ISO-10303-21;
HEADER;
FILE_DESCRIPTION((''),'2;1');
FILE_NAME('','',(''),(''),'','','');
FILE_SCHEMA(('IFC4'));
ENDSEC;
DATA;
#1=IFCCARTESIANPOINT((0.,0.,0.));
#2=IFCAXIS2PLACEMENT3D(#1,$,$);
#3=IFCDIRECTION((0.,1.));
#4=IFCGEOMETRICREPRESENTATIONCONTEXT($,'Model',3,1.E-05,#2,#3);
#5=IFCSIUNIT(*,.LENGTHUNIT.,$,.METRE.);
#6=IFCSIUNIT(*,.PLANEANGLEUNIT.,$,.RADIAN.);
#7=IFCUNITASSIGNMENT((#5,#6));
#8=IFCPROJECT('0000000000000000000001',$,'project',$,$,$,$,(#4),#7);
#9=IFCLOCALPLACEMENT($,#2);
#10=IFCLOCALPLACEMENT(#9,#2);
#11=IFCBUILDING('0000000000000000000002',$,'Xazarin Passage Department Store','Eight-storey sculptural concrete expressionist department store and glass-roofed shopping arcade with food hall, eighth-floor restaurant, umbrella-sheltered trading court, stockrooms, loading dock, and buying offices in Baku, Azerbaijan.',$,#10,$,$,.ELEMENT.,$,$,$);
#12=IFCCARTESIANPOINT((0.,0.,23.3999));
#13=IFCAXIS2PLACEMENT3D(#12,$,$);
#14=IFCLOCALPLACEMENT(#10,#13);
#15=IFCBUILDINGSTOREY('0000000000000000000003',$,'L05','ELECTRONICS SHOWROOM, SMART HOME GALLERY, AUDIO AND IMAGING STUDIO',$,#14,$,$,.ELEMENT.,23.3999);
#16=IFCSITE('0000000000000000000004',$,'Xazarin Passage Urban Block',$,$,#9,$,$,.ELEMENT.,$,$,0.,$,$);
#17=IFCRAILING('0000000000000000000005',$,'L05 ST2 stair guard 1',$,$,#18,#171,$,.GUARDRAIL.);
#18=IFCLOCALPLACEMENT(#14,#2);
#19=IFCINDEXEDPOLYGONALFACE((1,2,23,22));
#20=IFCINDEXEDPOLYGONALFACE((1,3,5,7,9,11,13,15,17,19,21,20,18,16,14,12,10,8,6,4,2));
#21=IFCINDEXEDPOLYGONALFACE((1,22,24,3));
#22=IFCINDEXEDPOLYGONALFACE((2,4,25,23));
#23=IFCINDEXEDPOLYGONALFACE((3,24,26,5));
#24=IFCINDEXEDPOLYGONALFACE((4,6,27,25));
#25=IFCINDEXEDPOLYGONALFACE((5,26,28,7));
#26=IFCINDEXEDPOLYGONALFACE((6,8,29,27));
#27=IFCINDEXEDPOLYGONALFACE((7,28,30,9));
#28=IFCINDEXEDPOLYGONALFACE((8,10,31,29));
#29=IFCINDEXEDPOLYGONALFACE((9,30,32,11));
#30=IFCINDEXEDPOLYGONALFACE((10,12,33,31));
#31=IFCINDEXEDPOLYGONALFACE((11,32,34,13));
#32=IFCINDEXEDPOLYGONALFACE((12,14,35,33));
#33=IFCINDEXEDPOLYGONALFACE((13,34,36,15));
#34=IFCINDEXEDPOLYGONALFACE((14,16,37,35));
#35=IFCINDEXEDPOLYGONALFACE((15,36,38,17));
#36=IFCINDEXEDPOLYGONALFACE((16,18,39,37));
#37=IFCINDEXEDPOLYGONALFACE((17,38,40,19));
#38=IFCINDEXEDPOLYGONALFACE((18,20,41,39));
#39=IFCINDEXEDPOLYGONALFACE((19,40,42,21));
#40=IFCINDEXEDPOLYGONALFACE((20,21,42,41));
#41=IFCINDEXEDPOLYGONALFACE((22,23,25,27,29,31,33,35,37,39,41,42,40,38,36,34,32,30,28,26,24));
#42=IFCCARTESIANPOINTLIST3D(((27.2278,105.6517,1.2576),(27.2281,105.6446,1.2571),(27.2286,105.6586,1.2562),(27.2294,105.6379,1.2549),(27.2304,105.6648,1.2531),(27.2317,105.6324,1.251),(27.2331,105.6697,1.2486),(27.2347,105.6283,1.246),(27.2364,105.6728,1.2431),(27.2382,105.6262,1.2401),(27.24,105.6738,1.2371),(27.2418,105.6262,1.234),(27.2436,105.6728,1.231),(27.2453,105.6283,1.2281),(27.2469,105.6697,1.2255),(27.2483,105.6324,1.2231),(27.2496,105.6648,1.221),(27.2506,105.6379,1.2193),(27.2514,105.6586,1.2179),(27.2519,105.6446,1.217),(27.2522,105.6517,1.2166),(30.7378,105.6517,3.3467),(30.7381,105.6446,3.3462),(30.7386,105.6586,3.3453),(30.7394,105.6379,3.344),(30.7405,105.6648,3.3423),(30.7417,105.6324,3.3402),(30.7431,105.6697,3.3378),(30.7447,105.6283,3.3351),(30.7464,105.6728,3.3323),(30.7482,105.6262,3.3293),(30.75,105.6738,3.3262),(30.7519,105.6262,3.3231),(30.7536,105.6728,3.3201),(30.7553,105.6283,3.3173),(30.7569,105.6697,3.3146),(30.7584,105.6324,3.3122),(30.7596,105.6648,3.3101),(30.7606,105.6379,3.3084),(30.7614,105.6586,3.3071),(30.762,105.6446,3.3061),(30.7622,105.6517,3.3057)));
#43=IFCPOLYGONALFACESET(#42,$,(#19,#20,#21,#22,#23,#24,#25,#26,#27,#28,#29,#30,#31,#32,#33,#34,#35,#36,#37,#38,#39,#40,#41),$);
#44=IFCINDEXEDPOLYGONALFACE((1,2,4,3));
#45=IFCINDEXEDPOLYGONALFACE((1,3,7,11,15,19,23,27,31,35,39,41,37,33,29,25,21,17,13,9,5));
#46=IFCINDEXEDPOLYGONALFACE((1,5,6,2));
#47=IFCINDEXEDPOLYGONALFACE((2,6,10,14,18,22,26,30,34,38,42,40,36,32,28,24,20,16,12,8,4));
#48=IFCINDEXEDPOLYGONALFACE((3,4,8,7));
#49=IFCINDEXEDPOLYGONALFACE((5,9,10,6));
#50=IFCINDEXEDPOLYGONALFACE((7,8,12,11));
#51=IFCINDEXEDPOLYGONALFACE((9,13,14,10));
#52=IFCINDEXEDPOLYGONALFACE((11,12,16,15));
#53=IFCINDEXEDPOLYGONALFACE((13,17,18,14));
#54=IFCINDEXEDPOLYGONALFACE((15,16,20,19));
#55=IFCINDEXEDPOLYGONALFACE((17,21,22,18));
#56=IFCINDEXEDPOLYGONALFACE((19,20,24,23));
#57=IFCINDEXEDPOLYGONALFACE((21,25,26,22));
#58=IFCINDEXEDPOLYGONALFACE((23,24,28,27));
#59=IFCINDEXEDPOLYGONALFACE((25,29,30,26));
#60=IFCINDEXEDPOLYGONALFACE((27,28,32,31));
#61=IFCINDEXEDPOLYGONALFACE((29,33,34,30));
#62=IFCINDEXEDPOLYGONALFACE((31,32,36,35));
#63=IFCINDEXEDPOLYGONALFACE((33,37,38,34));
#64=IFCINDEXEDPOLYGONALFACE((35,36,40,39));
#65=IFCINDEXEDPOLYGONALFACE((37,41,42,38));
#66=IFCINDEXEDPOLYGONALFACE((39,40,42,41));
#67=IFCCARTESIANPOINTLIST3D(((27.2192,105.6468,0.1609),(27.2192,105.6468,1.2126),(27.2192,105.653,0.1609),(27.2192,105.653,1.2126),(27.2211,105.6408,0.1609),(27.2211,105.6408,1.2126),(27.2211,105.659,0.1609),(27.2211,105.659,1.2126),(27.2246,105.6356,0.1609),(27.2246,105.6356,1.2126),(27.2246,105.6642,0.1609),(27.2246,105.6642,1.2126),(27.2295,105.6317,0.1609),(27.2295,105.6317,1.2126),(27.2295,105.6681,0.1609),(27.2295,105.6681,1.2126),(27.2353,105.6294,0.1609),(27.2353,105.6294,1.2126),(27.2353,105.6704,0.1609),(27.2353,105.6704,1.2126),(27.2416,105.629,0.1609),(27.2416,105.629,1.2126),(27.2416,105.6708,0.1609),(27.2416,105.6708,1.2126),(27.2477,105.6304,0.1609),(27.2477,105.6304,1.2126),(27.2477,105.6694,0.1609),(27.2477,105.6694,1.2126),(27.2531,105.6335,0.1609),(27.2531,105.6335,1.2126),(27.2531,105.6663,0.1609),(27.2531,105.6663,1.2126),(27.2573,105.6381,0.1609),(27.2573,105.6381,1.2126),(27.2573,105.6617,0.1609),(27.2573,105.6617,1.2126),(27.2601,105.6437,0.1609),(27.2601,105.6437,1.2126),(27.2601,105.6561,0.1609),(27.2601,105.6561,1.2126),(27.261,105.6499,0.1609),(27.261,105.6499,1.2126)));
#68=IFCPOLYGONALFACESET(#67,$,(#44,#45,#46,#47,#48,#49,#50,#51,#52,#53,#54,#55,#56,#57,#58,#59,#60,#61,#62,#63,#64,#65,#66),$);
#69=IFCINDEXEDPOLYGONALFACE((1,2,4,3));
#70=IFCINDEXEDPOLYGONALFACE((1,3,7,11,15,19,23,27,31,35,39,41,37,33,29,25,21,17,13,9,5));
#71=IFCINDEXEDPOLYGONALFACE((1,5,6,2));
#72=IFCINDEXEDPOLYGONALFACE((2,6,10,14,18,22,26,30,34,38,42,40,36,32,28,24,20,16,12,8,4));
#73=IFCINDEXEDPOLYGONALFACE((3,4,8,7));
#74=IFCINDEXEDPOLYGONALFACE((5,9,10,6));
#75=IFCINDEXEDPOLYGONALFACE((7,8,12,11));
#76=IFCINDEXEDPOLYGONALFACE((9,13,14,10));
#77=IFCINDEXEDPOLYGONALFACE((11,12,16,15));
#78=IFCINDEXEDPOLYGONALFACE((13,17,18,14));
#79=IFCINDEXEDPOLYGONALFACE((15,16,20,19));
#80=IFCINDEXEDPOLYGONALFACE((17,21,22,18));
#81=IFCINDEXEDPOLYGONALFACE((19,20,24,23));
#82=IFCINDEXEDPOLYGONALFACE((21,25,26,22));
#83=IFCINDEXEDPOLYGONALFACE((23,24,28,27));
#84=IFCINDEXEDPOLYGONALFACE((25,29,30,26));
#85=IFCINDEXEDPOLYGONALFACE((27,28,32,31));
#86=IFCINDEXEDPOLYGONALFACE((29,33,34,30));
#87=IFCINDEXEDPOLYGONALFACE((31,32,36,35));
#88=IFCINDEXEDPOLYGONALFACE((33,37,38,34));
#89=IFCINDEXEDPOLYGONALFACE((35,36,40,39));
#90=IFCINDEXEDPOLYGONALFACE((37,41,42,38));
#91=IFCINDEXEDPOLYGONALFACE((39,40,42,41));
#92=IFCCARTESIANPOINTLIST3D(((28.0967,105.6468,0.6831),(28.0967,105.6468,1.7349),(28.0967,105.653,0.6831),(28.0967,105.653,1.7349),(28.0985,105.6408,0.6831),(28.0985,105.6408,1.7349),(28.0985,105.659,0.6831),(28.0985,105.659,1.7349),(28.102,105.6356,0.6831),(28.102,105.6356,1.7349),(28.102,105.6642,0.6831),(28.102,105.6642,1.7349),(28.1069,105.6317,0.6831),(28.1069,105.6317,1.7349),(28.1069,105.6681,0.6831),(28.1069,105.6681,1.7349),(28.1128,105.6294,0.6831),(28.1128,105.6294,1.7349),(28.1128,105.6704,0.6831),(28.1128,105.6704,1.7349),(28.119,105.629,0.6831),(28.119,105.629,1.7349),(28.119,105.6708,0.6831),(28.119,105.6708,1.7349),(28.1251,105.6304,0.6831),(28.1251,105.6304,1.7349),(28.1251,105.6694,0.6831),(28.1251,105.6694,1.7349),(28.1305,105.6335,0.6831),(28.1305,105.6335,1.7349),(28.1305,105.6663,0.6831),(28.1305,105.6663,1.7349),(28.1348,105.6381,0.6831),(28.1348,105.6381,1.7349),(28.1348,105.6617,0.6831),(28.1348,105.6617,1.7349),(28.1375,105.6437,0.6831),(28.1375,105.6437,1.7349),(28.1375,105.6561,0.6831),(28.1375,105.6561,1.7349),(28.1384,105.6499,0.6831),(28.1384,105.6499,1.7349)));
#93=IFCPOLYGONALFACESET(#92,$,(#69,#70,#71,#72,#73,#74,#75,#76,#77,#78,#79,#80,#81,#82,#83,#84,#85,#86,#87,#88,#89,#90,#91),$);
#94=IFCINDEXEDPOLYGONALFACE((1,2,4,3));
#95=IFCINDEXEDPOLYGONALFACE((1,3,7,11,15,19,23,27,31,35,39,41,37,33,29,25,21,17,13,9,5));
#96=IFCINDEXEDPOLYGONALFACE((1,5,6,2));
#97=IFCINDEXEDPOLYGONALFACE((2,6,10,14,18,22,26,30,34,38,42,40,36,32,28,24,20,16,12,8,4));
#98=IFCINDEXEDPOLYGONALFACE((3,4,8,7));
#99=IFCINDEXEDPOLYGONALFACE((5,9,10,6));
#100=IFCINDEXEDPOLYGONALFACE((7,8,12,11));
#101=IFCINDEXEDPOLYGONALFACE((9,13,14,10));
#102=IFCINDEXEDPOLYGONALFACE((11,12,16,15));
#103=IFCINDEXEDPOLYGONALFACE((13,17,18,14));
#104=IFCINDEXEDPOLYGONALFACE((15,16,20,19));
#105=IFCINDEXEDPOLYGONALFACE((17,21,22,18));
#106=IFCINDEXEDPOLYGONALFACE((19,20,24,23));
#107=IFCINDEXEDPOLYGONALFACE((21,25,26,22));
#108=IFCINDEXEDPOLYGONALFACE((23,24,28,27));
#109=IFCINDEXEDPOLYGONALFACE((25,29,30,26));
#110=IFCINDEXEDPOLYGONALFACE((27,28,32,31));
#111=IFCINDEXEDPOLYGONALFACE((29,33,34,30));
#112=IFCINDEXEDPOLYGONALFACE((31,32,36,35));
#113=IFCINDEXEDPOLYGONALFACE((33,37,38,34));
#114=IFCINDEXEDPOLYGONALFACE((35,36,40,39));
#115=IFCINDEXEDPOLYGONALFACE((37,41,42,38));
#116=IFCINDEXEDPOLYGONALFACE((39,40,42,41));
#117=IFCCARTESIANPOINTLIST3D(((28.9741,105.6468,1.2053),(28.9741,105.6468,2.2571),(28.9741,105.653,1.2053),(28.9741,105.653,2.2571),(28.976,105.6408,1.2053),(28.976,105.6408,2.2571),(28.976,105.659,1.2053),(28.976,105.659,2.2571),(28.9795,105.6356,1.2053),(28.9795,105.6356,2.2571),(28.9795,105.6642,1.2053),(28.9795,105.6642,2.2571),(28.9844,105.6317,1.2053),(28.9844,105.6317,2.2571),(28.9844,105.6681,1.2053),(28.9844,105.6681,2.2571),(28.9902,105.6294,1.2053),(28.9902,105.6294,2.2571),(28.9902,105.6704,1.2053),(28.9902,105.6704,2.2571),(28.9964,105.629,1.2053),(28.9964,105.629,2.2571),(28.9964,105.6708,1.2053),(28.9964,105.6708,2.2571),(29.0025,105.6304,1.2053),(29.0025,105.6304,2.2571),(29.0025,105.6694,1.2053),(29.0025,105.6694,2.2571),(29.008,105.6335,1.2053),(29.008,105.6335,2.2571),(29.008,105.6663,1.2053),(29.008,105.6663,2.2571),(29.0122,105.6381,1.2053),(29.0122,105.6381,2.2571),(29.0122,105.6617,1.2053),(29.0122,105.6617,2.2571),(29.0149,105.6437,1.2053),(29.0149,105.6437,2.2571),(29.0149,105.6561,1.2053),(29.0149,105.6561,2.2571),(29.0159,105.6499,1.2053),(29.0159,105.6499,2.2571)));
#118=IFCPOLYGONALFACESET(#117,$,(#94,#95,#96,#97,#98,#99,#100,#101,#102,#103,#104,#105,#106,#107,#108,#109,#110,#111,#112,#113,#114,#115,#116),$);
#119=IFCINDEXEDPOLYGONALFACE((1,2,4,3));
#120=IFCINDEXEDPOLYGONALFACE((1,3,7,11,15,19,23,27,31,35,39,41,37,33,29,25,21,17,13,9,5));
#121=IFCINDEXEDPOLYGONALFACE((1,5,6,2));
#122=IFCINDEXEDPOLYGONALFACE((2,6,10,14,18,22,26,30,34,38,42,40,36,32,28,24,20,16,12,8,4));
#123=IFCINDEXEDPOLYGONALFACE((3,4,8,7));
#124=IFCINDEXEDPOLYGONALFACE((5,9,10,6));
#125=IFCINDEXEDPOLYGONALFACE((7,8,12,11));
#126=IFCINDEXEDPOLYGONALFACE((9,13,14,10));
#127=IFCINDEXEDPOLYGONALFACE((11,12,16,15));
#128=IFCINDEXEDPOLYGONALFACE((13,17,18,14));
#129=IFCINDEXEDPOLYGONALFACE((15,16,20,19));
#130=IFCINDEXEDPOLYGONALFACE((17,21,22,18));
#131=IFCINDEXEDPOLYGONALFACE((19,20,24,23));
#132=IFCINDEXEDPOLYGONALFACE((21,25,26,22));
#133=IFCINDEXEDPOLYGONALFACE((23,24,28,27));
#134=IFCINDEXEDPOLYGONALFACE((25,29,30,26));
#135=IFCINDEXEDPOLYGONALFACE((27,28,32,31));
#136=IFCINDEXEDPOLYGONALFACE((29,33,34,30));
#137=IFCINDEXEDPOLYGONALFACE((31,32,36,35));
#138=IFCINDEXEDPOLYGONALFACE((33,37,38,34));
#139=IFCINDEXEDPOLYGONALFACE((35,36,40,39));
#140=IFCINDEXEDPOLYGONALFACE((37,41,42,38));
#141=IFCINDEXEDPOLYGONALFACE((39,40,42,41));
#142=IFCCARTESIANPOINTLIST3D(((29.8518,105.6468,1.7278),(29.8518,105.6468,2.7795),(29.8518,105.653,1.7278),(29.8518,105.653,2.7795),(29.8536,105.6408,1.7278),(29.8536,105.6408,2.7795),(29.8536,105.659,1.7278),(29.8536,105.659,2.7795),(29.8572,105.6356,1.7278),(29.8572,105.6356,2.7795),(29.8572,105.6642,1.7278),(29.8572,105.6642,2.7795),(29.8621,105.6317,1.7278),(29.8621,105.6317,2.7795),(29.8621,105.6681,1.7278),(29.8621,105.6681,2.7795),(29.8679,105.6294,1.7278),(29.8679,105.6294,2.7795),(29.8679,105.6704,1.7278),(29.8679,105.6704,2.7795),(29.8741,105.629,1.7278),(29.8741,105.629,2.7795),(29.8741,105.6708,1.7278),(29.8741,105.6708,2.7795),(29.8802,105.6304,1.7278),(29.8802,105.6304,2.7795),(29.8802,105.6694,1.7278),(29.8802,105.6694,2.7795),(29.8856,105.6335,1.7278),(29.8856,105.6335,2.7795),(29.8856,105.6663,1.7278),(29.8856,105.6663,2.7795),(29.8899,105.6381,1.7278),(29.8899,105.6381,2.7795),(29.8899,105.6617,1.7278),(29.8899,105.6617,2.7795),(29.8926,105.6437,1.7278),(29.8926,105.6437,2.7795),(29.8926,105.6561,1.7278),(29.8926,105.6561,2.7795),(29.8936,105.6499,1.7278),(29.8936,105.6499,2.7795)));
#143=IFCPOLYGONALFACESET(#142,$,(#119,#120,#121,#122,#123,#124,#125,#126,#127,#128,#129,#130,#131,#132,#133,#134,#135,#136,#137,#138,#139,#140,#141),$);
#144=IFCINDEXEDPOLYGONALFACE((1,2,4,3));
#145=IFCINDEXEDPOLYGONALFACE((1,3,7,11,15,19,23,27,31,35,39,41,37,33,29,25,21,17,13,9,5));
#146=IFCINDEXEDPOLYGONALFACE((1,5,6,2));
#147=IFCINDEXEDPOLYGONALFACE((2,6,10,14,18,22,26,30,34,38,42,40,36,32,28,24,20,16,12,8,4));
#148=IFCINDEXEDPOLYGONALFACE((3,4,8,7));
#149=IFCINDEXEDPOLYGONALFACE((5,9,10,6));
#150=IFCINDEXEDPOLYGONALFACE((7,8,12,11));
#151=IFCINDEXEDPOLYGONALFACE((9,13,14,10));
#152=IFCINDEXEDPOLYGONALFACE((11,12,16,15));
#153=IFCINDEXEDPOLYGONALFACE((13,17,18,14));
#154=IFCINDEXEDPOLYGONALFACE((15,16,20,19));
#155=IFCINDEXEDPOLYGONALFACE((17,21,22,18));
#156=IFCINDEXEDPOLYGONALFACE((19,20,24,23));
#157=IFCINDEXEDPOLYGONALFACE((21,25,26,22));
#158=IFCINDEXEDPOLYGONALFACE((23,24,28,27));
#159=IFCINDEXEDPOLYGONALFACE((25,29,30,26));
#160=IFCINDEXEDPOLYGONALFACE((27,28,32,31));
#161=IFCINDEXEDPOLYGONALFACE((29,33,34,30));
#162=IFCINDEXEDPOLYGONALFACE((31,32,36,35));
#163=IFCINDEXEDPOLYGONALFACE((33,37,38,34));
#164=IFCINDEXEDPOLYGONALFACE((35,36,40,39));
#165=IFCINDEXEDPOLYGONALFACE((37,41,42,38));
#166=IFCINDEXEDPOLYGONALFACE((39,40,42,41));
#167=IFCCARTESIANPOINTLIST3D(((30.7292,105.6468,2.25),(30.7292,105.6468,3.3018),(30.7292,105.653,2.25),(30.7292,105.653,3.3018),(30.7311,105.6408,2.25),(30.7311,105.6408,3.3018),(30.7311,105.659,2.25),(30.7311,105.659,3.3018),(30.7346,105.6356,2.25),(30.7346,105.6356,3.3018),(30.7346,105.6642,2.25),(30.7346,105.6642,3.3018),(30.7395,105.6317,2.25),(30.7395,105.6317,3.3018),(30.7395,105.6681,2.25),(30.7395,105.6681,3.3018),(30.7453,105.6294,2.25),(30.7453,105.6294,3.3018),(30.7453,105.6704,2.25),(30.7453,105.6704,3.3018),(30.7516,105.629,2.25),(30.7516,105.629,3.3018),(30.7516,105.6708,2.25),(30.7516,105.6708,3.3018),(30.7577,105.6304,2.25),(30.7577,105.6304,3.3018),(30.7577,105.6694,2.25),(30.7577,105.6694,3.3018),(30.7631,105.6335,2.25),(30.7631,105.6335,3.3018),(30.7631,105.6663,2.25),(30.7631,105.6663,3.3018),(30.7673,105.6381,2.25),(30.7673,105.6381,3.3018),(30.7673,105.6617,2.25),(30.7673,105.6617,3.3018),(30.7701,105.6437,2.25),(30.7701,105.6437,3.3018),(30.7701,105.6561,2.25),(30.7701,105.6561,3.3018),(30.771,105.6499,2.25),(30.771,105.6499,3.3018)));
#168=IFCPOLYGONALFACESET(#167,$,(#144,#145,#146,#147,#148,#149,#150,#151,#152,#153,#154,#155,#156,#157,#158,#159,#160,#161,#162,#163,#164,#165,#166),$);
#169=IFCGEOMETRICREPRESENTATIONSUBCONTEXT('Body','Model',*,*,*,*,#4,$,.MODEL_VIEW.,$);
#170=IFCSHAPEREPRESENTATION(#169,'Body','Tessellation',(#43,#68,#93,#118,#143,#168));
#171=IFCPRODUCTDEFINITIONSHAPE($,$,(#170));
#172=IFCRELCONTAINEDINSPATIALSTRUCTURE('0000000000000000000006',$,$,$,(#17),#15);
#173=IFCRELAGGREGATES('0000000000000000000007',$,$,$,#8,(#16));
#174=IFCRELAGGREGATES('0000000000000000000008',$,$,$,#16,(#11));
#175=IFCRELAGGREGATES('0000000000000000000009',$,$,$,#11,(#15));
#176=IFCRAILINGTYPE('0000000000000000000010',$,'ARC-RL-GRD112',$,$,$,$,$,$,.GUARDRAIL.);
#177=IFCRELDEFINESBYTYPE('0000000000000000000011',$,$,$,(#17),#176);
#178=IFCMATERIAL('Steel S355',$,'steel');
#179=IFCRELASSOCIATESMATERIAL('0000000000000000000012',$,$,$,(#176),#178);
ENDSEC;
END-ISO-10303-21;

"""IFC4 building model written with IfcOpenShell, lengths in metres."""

from ifc_helpers import new_model, si_unit, direction, frame, origin, origin_2d, place, context, subcontext, project, spatial, circle, extrude, material, type_object, element, save


model = new_model("IFC4")

# Units and contexts
model_context = context("Model", 3, precision=1e-05, world=origin(), true_north=direction((0.0, 1.0)))
body_context = subcontext(model_context, "Body", "Model", "MODEL_VIEW")
ifc_project = project(units=[si_unit("LENGTHUNIT", "METRE"), si_unit("PLANEANGLEUNIT", "RADIAN")], contexts=[model_context])

# Site, building, storey
site_placement = place(None, origin())
site = spatial("IfcSite", under=ifc_project, at=site_placement, Name="Xazarin Passage Urban Block", CompositionType="ELEMENT", RefElevation=0.0)
building_placement = place(site_placement, origin())
building = spatial("IfcBuilding", under=site, at=building_placement, Name="Xazarin Passage Department Store", Description="Eight-storey sculptural concrete expressionist department store and glass-roofed shopping arcade with food hall, eighth-floor restaurant, umbrella-sheltered trading court, stockrooms, loading dock, and buying offices in Baku, Azerbaijan.", CompositionType="ELEMENT")
storey_placement = place(building_placement, frame((0.0, 0.0, 23.3999)))
storey = spatial("IfcBuildingStorey", under=building, at=storey_placement, Name="L05", Description="ELECTRONICS SHOWROOM, SMART HOME GALLERY, AUDIO AND IMAGING STUDIO", CompositionType="ELEMENT", Elevation=23.3999)

# Railing
ifc_material_1 = material(Name="Steel S355", Category="steel")
railing_type_1 = type_object("IfcRailingType", Name="ARC-RL-GRD112", PredefinedType="GUARDRAIL", material=ifc_material_1)
railing_1_placement = place(storey_placement, frame((27.24, 105.6499, 0.1609)))
element("IfcRailing", 1, at=railing_1_placement, inside=storey, type_object=railing_type_1, Name="L05 ST2 stair guard 1", PredefinedType="GUARDRAIL", context=body_context, shape_type="SweptSolid", body=[
    extrude(circle(Radius=0.0239, at=origin_2d()), frame((0.0, 0.0, 1.0762), z_axis=(0.859312, 0.0, 0.511451), x_axis=(0.0, 1.0, 0.0)), (0.0, 0.0, 1.0), 4.0847),
    extrude(circle(Radius=0.021, at=origin_2d()), origin(), (0.0, 0.0, 1.0), 1.0518),
    extrude(circle(Radius=0.021, at=origin_2d()), frame((0.8774, 0.0, 0.5222)), (0.0, 0.0, 1.0), 1.0518),
    extrude(circle(Radius=0.021, at=origin_2d()), frame((1.7549, 0.0, 1.0444)), (0.0, 0.0, 1.0), 1.0518),
    extrude(circle(Radius=0.021, at=origin_2d()), frame((2.6326, 0.0, 1.5669)), (0.0, 0.0, 1.0), 1.0518),
    extrude(circle(Radius=0.021, at=origin_2d()), frame((3.51, 0.0, 2.0891)), (0.0, 0.0, 1.0), 1.0518),
])

save(model, "model.ifc")
